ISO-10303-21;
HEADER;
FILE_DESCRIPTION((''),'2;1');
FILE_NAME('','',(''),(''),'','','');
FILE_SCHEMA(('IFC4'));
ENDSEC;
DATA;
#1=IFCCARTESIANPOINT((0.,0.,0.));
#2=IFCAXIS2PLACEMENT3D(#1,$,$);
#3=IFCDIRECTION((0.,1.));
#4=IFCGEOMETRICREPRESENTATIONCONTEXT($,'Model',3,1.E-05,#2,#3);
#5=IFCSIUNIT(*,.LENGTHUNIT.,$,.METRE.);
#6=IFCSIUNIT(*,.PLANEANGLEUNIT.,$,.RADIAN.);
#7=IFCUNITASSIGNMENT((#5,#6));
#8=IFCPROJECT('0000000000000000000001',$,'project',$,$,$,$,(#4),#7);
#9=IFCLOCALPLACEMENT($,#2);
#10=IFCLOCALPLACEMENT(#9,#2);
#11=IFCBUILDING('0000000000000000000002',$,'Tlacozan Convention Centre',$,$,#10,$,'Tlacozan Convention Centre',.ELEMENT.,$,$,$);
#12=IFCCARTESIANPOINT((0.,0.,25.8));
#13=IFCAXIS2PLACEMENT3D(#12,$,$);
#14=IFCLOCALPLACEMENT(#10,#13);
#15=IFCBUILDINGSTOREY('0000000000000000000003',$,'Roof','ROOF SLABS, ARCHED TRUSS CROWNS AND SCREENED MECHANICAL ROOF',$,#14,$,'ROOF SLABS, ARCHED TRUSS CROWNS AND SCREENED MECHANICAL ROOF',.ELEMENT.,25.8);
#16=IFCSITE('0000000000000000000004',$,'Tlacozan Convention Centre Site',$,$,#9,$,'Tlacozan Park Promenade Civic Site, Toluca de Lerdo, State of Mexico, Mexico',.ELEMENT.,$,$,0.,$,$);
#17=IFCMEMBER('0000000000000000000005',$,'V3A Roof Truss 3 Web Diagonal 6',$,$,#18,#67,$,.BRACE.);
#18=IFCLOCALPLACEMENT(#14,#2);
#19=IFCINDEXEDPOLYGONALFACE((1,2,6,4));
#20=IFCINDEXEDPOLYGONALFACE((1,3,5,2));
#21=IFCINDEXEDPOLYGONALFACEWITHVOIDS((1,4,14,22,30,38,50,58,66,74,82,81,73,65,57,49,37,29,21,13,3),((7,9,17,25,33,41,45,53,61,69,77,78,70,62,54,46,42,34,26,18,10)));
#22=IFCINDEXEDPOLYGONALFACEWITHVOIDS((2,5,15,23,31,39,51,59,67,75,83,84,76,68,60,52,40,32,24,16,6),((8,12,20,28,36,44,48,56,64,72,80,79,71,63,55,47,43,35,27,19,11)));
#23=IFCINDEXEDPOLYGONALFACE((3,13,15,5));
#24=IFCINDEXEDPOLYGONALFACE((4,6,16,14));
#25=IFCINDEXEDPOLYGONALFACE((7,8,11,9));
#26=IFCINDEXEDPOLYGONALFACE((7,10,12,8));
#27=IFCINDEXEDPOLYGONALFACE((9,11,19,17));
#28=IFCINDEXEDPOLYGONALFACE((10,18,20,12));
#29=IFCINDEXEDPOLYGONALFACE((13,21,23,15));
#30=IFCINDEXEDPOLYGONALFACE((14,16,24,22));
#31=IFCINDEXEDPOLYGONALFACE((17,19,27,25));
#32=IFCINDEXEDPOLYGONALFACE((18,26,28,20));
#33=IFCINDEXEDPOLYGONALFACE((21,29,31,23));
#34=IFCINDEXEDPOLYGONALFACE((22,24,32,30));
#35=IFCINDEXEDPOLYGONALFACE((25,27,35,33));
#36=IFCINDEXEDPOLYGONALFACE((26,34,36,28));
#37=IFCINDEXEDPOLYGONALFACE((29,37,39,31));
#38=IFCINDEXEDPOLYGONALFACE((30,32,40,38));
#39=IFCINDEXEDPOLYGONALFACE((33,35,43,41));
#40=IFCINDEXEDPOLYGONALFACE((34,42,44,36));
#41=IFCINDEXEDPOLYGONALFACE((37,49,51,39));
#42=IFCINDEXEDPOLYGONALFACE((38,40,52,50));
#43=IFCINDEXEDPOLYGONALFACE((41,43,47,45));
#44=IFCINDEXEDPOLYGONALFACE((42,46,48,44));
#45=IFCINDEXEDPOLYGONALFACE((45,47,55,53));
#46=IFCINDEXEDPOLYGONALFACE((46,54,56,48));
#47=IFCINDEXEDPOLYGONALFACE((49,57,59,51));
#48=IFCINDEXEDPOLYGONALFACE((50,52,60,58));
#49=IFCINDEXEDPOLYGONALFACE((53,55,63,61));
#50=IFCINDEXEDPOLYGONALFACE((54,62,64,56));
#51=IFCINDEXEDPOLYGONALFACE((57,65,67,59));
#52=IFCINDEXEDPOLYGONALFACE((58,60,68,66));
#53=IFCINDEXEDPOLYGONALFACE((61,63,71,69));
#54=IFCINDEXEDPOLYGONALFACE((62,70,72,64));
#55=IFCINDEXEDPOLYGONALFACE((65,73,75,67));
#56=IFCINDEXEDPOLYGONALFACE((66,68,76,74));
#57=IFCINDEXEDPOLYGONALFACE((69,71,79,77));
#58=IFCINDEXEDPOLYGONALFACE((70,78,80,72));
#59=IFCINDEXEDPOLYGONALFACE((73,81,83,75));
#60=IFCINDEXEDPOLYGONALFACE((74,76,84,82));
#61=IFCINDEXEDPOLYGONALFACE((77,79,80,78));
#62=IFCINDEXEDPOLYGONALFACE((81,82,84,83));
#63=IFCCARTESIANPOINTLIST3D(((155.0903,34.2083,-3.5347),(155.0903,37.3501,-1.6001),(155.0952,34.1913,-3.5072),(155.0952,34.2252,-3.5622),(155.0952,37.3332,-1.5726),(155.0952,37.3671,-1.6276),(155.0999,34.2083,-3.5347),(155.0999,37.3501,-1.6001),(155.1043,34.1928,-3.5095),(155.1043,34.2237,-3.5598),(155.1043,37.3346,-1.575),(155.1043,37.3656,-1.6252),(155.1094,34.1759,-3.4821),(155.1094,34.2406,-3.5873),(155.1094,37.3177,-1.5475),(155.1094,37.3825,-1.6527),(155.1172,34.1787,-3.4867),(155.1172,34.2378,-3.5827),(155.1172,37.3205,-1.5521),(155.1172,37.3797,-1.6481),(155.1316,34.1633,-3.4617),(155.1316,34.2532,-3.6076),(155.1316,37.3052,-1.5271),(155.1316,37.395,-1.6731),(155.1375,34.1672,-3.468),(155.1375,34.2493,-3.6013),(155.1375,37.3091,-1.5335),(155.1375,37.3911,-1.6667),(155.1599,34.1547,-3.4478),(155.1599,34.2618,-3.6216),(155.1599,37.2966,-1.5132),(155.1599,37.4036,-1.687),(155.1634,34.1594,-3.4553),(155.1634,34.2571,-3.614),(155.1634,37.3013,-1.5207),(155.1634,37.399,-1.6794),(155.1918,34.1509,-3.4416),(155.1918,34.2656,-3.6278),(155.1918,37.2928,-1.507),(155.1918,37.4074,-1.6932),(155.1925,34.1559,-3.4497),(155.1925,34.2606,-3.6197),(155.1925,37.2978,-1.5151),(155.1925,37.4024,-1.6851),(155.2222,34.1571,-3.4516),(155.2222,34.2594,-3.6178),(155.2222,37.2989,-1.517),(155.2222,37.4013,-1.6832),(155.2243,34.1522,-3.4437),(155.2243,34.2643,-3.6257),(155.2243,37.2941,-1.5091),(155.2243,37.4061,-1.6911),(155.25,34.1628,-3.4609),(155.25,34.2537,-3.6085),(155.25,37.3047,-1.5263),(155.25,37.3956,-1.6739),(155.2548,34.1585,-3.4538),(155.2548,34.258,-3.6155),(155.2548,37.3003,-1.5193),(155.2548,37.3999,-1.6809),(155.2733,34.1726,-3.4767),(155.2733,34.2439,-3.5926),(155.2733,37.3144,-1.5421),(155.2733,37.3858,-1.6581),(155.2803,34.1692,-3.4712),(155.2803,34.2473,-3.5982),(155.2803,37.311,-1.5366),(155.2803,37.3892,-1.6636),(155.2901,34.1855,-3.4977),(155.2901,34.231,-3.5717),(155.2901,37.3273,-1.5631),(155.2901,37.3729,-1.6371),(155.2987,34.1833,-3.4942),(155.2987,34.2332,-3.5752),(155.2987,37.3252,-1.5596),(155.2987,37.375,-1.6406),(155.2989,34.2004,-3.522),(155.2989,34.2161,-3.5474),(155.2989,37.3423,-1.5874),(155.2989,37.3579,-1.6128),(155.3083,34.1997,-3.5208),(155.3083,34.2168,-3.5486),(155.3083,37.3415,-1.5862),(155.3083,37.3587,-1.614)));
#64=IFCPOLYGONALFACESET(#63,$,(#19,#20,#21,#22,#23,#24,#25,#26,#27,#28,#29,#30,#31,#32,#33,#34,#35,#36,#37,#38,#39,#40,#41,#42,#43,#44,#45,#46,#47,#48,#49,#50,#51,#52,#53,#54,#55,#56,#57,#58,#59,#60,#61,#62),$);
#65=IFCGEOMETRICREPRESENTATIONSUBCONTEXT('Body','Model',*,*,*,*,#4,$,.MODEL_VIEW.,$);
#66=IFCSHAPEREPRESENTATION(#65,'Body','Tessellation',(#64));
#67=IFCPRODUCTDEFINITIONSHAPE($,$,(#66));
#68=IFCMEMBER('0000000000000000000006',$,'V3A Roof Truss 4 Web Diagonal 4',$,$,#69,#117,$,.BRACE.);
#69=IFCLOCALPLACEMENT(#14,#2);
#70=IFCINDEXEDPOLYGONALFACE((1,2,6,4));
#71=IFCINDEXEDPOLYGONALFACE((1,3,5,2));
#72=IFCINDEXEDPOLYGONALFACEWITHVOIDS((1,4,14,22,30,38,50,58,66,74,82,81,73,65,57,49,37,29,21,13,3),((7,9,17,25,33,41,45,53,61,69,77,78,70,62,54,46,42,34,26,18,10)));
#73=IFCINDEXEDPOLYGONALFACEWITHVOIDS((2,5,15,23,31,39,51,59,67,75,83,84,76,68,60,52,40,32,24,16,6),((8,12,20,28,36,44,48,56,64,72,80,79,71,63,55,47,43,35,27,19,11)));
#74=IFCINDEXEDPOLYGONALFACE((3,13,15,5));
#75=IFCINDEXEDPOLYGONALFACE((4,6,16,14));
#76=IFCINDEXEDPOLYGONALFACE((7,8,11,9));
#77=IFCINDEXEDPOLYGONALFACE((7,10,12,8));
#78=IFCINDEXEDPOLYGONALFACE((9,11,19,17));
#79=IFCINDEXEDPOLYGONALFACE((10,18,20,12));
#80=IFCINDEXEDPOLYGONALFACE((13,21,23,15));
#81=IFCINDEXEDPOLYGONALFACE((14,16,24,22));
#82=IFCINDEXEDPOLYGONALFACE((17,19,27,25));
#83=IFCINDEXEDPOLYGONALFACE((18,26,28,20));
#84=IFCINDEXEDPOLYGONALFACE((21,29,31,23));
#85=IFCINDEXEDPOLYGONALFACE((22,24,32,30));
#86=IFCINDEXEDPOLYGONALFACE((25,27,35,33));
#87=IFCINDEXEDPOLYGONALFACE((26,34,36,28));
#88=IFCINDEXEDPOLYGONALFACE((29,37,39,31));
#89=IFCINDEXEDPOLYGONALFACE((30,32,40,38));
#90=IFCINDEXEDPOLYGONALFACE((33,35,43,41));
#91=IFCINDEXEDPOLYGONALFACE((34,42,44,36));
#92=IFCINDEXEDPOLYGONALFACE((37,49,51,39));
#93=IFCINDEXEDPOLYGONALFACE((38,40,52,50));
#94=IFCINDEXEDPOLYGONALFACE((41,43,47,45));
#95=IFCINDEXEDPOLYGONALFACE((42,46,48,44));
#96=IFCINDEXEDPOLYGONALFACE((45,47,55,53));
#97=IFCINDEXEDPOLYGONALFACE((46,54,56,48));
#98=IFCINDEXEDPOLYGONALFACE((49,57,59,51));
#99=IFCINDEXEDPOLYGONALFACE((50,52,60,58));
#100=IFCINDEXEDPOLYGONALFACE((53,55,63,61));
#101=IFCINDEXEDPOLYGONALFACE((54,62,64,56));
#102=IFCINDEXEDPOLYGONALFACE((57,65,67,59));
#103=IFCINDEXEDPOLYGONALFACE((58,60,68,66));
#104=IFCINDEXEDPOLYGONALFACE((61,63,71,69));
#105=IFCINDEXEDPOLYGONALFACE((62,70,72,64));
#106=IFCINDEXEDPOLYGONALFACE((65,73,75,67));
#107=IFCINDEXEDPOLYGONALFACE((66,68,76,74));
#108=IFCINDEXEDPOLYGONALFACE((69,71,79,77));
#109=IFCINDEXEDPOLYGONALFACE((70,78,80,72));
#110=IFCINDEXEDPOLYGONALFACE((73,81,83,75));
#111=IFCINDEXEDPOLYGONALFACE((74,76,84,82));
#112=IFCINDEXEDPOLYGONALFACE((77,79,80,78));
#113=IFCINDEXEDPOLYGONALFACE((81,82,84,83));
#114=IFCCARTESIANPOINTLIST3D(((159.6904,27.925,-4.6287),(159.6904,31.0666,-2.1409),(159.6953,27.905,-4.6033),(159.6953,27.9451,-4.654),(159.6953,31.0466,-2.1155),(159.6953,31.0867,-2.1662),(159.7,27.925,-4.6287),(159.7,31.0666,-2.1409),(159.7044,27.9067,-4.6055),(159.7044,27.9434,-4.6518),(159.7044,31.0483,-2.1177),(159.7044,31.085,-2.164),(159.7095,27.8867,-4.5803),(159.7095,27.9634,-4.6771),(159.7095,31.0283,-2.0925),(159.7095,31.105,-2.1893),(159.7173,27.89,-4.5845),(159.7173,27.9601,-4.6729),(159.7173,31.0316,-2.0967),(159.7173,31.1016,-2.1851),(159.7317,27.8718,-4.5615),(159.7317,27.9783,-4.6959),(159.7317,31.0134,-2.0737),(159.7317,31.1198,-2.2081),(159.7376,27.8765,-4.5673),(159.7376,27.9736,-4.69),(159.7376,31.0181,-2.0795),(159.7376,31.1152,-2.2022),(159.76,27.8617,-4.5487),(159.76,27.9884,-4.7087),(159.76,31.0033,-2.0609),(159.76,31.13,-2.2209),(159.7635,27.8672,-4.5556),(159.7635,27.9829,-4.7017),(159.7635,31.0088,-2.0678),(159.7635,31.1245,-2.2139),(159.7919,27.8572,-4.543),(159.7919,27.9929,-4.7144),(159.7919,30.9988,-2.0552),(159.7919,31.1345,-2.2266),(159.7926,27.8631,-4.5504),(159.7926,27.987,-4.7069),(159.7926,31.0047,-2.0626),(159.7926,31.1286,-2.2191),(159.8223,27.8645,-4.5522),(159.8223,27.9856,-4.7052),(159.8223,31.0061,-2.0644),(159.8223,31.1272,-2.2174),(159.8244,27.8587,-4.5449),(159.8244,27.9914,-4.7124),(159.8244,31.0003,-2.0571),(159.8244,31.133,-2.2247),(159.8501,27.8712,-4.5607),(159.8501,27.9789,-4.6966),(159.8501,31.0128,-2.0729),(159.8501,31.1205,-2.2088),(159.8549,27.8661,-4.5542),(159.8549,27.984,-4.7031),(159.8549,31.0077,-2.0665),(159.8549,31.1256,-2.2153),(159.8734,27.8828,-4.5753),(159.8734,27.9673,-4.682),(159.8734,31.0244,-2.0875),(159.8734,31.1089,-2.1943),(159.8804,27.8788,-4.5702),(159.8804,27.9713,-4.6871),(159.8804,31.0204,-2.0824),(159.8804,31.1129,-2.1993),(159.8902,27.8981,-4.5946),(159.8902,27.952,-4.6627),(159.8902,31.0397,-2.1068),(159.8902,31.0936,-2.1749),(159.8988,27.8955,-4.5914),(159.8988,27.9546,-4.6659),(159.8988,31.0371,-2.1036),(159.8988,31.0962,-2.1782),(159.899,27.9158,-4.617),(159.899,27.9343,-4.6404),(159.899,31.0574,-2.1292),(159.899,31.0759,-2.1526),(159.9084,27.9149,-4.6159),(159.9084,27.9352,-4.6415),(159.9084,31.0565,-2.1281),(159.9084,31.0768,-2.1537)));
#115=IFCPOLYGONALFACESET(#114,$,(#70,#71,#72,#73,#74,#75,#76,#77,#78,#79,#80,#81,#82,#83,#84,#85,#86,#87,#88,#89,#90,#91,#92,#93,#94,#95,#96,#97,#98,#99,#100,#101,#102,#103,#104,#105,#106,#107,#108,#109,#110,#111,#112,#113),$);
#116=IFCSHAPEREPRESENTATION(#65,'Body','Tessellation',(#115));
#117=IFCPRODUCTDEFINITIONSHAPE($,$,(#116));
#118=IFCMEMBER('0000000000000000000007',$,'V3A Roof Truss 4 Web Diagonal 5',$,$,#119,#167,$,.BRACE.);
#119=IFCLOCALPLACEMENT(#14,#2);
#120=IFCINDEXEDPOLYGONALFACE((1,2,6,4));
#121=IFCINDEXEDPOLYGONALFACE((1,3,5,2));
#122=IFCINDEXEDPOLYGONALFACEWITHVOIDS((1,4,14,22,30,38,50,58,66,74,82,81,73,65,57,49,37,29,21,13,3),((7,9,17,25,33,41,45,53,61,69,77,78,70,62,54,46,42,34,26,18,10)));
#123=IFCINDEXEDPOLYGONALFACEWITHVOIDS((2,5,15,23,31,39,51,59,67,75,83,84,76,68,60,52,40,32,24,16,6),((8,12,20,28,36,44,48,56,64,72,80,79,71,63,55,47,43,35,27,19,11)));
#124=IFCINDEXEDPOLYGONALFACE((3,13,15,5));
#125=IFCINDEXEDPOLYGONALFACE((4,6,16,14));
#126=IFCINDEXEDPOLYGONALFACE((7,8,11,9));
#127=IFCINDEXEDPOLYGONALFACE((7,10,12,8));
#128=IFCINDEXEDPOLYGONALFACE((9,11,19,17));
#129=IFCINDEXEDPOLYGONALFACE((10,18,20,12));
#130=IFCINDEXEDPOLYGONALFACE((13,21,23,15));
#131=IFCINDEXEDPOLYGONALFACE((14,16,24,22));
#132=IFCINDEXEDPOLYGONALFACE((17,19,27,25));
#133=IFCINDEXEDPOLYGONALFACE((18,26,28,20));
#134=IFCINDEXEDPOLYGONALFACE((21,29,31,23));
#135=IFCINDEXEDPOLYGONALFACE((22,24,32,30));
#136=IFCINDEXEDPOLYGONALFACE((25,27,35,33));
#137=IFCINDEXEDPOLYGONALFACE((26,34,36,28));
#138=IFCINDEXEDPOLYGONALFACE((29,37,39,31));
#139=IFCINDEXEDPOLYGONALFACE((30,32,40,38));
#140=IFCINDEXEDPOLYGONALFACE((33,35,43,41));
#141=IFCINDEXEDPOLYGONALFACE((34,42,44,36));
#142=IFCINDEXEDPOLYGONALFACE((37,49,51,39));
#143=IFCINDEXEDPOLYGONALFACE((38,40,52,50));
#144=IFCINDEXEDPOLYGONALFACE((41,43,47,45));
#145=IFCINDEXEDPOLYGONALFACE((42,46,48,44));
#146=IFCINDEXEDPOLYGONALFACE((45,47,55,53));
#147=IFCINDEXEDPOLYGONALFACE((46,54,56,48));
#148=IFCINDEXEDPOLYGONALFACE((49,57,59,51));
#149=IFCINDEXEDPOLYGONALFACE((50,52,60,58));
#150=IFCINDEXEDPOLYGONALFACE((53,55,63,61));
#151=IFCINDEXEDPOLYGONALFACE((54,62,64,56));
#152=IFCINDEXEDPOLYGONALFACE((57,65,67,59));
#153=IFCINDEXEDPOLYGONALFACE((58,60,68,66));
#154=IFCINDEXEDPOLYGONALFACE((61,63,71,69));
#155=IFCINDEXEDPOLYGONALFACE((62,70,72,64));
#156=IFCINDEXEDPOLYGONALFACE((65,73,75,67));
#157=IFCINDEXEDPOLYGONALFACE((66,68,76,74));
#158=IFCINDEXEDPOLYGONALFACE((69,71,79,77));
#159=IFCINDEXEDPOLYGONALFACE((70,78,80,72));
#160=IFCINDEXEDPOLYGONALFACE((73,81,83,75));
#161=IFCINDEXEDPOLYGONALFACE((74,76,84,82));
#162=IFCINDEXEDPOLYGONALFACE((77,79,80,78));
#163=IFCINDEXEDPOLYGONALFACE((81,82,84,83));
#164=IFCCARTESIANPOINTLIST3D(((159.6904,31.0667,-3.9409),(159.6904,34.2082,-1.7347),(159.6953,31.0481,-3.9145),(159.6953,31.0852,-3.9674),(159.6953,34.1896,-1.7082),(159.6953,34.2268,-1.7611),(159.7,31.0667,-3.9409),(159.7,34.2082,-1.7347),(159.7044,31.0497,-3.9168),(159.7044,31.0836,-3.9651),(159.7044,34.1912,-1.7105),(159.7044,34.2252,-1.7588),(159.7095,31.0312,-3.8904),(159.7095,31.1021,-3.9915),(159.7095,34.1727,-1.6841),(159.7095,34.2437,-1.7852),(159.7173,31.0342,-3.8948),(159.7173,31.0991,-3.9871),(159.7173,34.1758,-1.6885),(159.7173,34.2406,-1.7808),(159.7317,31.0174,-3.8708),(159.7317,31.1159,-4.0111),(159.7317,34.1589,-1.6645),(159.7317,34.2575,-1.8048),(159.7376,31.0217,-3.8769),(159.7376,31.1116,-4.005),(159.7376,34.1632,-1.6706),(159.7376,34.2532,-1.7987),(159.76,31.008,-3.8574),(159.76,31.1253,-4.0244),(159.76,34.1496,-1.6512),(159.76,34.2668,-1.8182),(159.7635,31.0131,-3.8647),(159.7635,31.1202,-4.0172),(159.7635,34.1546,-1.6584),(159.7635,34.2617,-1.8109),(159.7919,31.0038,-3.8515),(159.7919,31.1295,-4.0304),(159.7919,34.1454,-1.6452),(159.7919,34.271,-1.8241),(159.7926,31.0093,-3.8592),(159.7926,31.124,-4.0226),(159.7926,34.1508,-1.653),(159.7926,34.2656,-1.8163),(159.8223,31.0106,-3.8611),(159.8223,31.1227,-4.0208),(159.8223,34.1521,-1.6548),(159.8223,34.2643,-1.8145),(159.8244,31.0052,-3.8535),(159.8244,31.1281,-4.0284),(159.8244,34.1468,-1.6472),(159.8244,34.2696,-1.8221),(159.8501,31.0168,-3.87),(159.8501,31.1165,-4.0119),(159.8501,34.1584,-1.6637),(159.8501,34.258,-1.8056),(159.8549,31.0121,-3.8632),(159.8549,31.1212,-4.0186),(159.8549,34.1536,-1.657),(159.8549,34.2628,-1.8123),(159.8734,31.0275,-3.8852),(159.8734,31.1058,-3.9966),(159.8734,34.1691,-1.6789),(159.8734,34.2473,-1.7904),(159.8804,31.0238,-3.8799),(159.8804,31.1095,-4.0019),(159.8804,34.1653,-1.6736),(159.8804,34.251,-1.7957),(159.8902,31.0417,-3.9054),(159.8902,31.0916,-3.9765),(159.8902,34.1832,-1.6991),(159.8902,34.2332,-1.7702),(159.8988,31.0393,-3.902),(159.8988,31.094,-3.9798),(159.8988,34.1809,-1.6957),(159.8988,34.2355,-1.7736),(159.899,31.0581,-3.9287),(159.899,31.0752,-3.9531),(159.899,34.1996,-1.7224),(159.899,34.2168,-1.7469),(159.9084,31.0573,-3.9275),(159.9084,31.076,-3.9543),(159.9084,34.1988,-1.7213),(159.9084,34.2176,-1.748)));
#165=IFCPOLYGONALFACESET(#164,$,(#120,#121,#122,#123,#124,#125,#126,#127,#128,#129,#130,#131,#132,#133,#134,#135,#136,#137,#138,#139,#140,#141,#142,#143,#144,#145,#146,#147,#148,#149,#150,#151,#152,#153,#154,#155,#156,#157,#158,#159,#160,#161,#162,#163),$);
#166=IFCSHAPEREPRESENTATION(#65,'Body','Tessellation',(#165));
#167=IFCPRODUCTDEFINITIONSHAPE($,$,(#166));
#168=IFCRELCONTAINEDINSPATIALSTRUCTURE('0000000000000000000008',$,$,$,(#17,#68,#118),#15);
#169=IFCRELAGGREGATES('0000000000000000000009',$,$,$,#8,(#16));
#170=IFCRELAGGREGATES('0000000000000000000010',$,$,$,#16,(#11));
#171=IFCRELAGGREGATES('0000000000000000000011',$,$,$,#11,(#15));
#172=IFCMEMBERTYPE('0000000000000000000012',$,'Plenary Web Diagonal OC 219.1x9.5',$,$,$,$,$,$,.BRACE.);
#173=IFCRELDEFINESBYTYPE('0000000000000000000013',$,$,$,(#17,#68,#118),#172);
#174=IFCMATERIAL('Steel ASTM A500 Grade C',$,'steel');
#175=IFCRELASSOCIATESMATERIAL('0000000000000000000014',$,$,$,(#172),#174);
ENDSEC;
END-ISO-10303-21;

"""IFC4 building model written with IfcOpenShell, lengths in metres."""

from ifc_helpers import new_model, si_unit, direction, frame, origin, origin_2d, place, context, subcontext, project, spatial, hollow_circle, extrude, material, material_profile, profile_set, type_object, element, save


model = new_model("IFC4")

# Units and contexts
model_context = context("Model", 3, precision=1e-05, world=origin(), true_north=direction((0.0, 1.0)))
body_context = subcontext(model_context, "Body", "Model", "MODEL_VIEW")
ifc_project = project(units=[si_unit("LENGTHUNIT", "METRE"), si_unit("PLANEANGLEUNIT", "RADIAN")], contexts=[model_context])

# Site, building, storey
site_placement = place(None, origin())
site = spatial("IfcSite", under=ifc_project, at=site_placement, Name="Tlacozan Convention Centre Site", LongName="Tlacozan Park Promenade Civic Site, Toluca de Lerdo, State of Mexico, Mexico", CompositionType="ELEMENT", RefElevation=0.0)
building_placement = place(site_placement, origin())
building = spatial("IfcBuilding", under=site, at=building_placement, Name="Tlacozan Convention Centre", LongName="Tlacozan Convention Centre", CompositionType="ELEMENT")
storey_placement = place(building_placement, frame((0.0, 0.0, 25.8)))
storey = spatial("IfcBuildingStorey", under=building, at=storey_placement, Name="Roof", Description="ROOF SLABS, ARCHED TRUSS CROWNS AND SCREENED MECHANICAL ROOF", LongName="ROOF SLABS, ARCHED TRUSS CROWNS AND SCREENED MECHANICAL ROOF", CompositionType="ELEMENT", Elevation=25.8)

# Members
ifc_material_1 = material(Name="Steel ASTM A500 Grade C", Category="steel")
ifc_material_profile_1 = material_profile(ifc_material_1, hollow_circle(Radius=0.1096, WallThickness=0.0095, at=origin_2d()), Name="OC 219.1x9.5")
ifc_profile_set_1 = profile_set([ifc_material_profile_1], Name="Steel ASTM A500 Grade C")
member_type_1 = type_object("IfcMemberType", Name="Plenary Web Diagonal OC 219.1x9.5", PredefinedType="BRACE", material=ifc_profile_set_1)
member_1_placement = place(storey_placement, frame((155.2, 34.2083, -3.5347), z_axis=(0.0, 0.851522, 0.524319), x_axis=(-1.0, 0.0, 0.0)))
element("IfcMember", 1, at=member_1_placement, inside=storey, type_object=member_type_1, Name="V3A Roof Truss 3 Web Diagonal 6", PredefinedType="BRACE", context=body_context, shape_type="SweptSolid", body=[
    extrude(hollow_circle(Radius=0.1096, WallThickness=0.0095, at=origin_2d()), origin(), (0.0, 0.0, 1.0), 3.6897),
])
member_2_placement = place(storey_placement, frame((159.8, 27.925, -4.6287), z_axis=(0.0, 0.783962, 0.620809), x_axis=(-1.0, 0.0, 0.0)))
element("IfcMember", 2, at=member_2_placement, inside=storey, type_object=member_type_1, Name="V3A Roof Truss 4 Web Diagonal 4", PredefinedType="BRACE", context=body_context, shape_type="SweptSolid", body=[
    extrude(hollow_circle(Radius=0.1096, WallThickness=0.0095, at=origin_2d()), origin(), (0.0, 0.0, 1.0), 4.0073),
])
member_3_placement = place(storey_placement, frame((159.8, 31.0667, -3.9409), z_axis=(0.0, 0.818353, 0.574717), x_axis=(-1.0, 0.0, 0.0)))
element("IfcMember", 3, at=member_3_placement, inside=storey, type_object=member_type_1, Name="V3A Roof Truss 4 Web Diagonal 5", PredefinedType="BRACE", context=body_context, shape_type="SweptSolid", body=[
    extrude(hollow_circle(Radius=0.1096, WallThickness=0.0095, at=origin_2d()), origin(), (0.0, 0.0, 1.0), 3.8389),
])

save(model, "model.ifc")
